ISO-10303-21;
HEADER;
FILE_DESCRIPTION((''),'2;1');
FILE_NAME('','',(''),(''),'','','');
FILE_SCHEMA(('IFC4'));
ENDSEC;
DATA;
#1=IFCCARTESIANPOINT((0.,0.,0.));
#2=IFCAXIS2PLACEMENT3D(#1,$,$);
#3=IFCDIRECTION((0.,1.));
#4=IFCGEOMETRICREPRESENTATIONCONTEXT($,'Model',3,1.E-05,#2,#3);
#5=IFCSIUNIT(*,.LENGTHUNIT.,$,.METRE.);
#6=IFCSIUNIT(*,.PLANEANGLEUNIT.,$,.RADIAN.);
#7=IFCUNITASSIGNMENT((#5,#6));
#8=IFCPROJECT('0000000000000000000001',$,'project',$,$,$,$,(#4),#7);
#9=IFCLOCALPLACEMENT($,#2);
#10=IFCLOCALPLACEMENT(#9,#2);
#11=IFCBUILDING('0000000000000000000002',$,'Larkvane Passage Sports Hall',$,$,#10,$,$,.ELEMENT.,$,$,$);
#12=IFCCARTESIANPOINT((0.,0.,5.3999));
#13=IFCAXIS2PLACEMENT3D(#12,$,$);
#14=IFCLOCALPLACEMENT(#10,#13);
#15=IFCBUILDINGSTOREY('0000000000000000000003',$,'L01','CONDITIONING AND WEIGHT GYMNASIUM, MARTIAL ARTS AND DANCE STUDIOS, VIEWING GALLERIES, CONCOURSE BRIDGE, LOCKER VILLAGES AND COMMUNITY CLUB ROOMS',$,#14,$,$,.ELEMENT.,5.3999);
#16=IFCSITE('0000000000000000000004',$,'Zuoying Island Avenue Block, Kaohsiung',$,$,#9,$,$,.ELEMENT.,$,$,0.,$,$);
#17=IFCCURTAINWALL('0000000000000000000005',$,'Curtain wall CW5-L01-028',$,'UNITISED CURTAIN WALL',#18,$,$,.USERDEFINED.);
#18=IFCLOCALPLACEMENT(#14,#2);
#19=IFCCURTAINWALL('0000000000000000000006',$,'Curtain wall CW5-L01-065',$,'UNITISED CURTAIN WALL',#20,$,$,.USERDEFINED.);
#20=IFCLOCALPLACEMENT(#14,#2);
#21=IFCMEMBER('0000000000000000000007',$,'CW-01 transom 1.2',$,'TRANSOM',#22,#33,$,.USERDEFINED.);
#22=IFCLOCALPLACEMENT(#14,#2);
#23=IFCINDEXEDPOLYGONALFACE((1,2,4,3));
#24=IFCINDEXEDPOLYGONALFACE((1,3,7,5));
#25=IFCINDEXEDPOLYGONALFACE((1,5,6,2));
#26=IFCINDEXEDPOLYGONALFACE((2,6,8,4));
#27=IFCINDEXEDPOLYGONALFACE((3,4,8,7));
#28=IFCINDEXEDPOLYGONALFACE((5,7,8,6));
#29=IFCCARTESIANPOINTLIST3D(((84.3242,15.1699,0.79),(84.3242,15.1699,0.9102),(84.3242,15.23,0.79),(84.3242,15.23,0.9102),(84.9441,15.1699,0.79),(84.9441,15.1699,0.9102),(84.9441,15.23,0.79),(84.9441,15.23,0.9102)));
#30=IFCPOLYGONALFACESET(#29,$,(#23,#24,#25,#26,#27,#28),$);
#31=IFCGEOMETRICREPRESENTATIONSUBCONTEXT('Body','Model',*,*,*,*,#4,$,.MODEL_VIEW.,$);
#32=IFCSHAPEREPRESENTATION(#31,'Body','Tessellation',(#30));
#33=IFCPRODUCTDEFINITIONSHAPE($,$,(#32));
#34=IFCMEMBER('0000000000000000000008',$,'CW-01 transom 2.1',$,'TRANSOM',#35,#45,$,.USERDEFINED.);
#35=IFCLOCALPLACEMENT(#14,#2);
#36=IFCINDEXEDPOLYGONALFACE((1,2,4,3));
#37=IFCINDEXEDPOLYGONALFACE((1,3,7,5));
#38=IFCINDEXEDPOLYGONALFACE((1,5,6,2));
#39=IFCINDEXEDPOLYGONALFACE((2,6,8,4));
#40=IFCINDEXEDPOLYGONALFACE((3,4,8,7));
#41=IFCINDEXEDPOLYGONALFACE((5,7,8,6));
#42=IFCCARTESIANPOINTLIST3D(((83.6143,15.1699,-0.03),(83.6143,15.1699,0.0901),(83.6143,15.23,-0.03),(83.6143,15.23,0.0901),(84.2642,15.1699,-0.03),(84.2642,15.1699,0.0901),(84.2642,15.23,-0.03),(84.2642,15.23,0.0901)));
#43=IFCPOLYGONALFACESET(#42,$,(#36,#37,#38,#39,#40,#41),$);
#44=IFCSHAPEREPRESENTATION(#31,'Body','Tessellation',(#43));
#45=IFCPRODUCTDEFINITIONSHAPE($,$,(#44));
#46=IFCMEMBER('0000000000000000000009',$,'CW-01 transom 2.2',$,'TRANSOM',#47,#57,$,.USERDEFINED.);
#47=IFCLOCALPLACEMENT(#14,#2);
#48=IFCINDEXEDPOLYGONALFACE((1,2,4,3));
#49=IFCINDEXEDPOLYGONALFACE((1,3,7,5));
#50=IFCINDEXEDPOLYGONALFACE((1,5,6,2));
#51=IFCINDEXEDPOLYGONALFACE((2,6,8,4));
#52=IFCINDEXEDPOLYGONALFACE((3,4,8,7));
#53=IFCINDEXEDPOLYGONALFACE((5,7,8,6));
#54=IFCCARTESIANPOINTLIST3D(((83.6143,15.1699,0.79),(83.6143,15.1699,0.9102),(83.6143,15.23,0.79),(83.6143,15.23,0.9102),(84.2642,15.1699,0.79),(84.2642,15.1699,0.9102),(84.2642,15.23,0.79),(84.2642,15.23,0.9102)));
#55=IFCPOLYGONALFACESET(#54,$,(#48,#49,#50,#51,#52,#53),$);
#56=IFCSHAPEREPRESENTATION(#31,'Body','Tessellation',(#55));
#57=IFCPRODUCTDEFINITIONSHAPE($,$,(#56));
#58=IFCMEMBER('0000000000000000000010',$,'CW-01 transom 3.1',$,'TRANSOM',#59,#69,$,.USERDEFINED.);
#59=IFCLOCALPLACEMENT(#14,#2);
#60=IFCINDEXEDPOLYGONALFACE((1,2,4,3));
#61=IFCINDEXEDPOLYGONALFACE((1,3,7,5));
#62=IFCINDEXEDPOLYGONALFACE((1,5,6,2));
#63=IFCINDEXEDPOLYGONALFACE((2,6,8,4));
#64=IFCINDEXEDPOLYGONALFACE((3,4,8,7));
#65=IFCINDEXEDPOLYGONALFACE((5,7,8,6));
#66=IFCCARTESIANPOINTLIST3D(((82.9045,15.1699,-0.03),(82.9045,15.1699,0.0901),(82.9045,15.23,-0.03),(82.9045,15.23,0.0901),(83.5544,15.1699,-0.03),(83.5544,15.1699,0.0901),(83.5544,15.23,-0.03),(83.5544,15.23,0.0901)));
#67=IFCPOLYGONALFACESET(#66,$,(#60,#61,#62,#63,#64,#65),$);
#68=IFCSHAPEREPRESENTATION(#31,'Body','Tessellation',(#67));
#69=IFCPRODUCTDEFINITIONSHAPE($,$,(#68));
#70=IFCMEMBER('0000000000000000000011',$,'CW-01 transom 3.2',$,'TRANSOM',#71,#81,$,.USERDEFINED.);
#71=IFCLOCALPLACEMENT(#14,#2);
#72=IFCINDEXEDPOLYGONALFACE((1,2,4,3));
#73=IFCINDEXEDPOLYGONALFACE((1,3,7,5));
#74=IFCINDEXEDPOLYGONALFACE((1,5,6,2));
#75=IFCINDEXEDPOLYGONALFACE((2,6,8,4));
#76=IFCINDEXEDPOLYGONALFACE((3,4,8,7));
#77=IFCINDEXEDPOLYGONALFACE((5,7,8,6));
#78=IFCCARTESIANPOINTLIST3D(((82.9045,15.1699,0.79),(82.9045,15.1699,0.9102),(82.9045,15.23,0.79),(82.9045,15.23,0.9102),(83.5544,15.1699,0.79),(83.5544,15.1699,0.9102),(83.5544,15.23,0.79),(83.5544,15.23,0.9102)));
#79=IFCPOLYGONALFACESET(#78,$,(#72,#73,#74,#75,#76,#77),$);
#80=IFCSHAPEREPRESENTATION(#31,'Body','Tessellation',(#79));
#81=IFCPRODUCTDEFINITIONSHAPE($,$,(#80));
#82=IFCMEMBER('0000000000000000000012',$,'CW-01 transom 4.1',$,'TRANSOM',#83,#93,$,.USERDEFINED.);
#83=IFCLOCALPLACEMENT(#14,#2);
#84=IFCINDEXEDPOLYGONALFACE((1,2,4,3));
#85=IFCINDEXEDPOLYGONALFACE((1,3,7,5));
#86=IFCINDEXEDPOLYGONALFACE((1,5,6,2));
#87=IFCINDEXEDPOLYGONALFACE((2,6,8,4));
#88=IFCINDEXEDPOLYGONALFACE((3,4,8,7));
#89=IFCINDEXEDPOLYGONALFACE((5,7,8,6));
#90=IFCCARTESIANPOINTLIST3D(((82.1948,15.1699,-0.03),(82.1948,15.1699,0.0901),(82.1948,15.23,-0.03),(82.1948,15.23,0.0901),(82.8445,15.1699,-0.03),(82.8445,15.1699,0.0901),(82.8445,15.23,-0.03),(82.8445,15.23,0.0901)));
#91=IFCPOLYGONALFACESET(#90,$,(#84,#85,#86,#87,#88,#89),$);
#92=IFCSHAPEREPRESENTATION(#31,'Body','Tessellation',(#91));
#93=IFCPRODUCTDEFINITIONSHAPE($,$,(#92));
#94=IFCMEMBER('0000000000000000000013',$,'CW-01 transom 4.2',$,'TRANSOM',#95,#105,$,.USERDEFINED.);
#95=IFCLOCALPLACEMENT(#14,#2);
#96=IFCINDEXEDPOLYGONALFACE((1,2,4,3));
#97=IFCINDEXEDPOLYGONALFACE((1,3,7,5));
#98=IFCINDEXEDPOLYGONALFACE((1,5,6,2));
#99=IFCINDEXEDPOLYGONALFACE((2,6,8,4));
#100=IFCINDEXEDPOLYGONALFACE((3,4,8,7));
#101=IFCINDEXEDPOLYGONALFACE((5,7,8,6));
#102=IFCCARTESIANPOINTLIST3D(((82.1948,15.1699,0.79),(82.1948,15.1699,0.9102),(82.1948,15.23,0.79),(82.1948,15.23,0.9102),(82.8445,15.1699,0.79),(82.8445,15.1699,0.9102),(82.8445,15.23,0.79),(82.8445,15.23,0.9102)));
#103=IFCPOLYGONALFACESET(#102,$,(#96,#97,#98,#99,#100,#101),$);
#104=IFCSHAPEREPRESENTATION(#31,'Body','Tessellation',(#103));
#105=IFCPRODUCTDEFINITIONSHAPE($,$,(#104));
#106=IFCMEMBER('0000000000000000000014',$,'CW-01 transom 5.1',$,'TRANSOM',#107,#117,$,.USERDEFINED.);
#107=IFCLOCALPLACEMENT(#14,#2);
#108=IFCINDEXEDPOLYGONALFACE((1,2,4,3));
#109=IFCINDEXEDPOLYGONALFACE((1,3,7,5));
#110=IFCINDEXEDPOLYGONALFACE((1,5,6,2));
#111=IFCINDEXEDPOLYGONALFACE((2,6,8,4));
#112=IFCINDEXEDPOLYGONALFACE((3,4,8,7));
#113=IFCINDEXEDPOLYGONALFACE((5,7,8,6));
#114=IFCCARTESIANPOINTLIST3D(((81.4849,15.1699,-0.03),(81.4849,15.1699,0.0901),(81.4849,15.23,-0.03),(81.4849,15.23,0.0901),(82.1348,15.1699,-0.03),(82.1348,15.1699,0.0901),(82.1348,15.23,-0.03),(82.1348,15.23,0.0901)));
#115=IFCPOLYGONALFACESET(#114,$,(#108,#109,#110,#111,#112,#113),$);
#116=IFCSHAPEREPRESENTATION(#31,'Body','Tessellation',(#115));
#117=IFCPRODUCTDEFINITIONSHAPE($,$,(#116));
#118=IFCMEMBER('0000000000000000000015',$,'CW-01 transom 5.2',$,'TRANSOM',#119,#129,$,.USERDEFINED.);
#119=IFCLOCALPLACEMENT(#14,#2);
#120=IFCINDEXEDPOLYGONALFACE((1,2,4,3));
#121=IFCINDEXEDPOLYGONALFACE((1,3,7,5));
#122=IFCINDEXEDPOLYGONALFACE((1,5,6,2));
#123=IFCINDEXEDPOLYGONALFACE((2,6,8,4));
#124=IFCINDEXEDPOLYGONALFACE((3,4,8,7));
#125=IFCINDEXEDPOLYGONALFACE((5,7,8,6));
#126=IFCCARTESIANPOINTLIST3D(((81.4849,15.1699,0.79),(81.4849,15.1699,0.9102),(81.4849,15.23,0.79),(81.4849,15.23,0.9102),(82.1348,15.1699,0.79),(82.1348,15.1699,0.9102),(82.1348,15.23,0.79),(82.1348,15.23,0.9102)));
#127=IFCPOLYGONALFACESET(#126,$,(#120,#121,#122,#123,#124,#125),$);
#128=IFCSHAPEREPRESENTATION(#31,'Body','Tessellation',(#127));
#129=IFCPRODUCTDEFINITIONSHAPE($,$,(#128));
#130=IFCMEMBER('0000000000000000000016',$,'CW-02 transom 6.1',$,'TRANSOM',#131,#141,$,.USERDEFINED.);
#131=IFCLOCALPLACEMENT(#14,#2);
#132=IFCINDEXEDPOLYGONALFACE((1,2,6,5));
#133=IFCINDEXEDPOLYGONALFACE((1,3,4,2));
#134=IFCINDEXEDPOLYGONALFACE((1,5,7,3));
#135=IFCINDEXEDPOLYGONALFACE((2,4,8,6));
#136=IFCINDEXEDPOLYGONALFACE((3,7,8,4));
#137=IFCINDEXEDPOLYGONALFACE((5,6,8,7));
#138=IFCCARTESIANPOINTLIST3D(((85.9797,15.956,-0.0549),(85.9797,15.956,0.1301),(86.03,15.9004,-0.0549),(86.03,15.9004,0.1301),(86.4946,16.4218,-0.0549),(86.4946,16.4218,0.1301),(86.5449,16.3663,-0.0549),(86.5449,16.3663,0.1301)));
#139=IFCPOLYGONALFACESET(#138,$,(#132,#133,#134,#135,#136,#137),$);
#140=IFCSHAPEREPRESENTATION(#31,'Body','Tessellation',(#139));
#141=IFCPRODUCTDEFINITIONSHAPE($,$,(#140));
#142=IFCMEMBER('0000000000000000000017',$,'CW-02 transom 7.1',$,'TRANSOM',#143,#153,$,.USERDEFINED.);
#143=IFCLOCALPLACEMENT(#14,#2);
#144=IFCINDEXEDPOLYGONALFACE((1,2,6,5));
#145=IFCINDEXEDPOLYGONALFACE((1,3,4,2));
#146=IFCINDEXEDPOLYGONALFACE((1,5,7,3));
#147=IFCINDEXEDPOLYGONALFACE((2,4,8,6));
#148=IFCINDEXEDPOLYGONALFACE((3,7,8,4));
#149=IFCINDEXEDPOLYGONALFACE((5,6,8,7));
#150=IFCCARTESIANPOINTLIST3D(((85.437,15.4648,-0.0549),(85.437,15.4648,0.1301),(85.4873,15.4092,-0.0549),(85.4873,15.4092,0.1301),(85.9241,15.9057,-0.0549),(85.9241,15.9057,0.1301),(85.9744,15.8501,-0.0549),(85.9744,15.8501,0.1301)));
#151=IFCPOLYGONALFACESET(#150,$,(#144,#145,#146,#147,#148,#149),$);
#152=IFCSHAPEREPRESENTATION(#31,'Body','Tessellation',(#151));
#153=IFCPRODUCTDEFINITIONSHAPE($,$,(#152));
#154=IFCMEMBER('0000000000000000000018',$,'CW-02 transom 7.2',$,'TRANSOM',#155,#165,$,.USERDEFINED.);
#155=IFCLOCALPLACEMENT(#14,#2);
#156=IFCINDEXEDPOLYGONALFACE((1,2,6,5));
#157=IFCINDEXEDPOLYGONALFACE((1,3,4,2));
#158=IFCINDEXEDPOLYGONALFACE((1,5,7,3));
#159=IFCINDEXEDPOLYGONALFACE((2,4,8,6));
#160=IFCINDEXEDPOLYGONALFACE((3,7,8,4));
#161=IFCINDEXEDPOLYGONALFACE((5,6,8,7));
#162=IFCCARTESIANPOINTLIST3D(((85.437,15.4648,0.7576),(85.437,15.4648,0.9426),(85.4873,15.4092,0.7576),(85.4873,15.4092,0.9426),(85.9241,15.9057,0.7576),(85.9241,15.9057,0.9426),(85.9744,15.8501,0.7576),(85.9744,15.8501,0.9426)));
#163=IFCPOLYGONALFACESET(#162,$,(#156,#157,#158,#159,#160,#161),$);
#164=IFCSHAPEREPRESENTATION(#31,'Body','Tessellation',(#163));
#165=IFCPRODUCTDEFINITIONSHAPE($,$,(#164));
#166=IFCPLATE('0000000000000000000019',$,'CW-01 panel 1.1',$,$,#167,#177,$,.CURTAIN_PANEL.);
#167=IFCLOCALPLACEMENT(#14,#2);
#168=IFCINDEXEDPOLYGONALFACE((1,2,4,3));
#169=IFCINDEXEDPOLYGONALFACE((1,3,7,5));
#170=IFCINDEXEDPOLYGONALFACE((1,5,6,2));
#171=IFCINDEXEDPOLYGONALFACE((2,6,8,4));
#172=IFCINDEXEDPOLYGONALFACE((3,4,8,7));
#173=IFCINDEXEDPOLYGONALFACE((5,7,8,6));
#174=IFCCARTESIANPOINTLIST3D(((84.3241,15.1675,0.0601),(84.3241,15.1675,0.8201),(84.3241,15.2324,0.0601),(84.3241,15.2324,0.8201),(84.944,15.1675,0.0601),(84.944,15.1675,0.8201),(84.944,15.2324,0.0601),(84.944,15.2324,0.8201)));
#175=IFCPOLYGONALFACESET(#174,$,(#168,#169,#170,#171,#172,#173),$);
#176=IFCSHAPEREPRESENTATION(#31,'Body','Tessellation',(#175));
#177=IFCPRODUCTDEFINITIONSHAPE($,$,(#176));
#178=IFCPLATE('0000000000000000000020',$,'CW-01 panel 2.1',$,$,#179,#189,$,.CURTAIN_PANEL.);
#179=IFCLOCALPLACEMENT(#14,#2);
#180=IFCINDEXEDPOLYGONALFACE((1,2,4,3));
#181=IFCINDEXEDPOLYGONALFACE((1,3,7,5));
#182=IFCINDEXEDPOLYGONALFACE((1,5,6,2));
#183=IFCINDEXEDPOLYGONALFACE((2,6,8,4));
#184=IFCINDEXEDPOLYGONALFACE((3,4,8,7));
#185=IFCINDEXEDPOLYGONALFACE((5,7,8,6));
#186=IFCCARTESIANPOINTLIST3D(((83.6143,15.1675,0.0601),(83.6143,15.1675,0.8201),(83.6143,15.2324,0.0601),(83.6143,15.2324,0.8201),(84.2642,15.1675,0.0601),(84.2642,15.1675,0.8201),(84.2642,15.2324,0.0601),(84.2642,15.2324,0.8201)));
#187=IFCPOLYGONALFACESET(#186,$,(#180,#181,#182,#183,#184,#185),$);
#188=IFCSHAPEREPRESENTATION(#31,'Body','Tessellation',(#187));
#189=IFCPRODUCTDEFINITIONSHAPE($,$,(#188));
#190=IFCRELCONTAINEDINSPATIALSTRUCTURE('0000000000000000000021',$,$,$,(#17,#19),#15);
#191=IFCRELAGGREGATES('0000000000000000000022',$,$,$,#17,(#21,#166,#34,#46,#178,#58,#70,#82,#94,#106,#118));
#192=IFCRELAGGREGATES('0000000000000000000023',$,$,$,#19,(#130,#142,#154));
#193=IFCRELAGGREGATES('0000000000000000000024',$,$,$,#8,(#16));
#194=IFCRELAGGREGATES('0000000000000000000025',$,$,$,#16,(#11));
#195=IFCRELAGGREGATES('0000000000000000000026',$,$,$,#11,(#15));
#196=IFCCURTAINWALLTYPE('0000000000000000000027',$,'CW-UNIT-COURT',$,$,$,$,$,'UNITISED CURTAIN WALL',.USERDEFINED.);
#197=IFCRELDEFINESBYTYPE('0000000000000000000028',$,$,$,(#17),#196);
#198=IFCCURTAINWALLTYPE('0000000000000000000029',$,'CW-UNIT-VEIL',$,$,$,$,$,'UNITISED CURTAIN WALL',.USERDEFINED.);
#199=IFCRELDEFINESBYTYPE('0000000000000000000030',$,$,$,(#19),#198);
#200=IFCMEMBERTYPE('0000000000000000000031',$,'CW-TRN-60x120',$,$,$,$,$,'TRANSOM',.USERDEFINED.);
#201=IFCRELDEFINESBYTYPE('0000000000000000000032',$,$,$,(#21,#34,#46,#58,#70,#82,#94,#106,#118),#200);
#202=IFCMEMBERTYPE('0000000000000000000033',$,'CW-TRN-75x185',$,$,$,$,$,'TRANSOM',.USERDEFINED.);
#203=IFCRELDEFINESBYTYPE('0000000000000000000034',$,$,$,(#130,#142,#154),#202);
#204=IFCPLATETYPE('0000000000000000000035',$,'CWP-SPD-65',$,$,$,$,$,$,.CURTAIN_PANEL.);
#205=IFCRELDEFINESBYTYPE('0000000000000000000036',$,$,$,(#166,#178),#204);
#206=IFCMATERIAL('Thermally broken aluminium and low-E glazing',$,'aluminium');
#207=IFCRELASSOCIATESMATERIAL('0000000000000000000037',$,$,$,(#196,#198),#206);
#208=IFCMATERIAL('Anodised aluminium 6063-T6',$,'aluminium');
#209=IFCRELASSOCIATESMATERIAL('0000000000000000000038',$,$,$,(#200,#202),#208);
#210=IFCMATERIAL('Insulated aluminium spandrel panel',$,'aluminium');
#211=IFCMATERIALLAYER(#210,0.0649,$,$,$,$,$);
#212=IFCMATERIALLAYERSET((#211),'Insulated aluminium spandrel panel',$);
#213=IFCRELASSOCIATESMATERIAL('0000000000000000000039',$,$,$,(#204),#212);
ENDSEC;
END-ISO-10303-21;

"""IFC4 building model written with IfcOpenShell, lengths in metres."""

from ifc_helpers import new_model, si_unit, direction, frame, origin, origin_2d, place, context, subcontext, project, spatial, rectangle, extrude, material, layer, layer_set, material_profile, profile_set, type_object, element, aggregate, save


model = new_model("IFC4")

# Units and contexts
model_context = context("Model", 3, precision=1e-05, world=origin(), true_north=direction((0.0, 1.0)))
body_context = subcontext(model_context, "Body", "Model", "MODEL_VIEW")
ifc_project = project(units=[si_unit("LENGTHUNIT", "METRE"), si_unit("PLANEANGLEUNIT", "RADIAN")], contexts=[model_context])

# Site, building, storey
site_placement = place(None, origin())
site = spatial("IfcSite", under=ifc_project, at=site_placement, Name="Zuoying Island Avenue Block, Kaohsiung", CompositionType="ELEMENT", RefElevation=0.0)
building_placement = place(site_placement, origin())
building = spatial("IfcBuilding", under=site, at=building_placement, Name="Larkvane Passage Sports Hall", CompositionType="ELEMENT")
storey_placement = place(building_placement, frame((0.0, 0.0, 5.3999)))
storey = spatial("IfcBuildingStorey", under=building, at=storey_placement, Name="L01", Description="CONDITIONING AND WEIGHT GYMNASIUM, MARTIAL ARTS AND DANCE STUDIOS, VIEWING GALLERIES, CONCOURSE BRIDGE, LOCKER VILLAGES AND COMMUNITY CLUB ROOMS", CompositionType="ELEMENT", Elevation=5.3999)

# Curtain walls
ifc_material_1 = material(Name="Thermally broken aluminium and low-E glazing", Category="aluminium")
curtain_wall_type_1 = type_object("IfcCurtainWallType", Name="CW-UNIT-COURT", ElementType="UNITISED CURTAIN WALL", PredefinedType="USERDEFINED", material=ifc_material_1)
curtain_wall_1_placement = place(storey_placement, origin())
curtain_wall_1 = element("IfcCurtainWall", 1, at=curtain_wall_1_placement, inside=storey, type_object=curtain_wall_type_1, Name="Curtain wall CW5-L01-028", ObjectType="UNITISED CURTAIN WALL", PredefinedType="USERDEFINED")
ifc_material_2 = material(Name="Anodised aluminium 6063-T6", Category="aluminium")
curtain_wall_type_2 = type_object("IfcCurtainWallType", Name="CW-UNIT-VEIL", ElementType="UNITISED CURTAIN WALL", PredefinedType="USERDEFINED", material=ifc_material_1)
curtain_wall_2_placement = place(storey_placement, origin())
curtain_wall_2 = element("IfcCurtainWall", 2, at=curtain_wall_2_placement, inside=storey, type_object=curtain_wall_type_2, Name="Curtain wall CW5-L01-065", ObjectType="UNITISED CURTAIN WALL", PredefinedType="USERDEFINED")

# Members
ifc_material_profile_1 = material_profile(ifc_material_2, rectangle(XDim=0.0601, YDim=0.1201, at=origin_2d()), Name="ALU-TRN-60x120")
ifc_profile_set_1 = profile_set([ifc_material_profile_1], Name="Anodised aluminium 6063-T6")
member_type_1 = type_object("IfcMemberType", Name="CW-TRN-60x120", ElementType="TRANSOM", PredefinedType="USERDEFINED", material=ifc_profile_set_1)
member_1_placement = place(storey_placement, frame((84.9441, 15.2, 0.8501), z_axis=(-1.0, 0.0, 0.0), x_axis=(0.0, -1.0, 0.0)))
member_1 = element("IfcMember", 3, at=member_1_placement, type_object=member_type_1, Name="CW-01 transom 1.2", ObjectType="TRANSOM", PredefinedType="USERDEFINED", context=body_context, shape_type="SweptSolid", body=[
    extrude(rectangle(XDim=0.0601, YDim=0.1201, at=origin_2d()), origin(), (0.0, 0.0, 1.0), 0.6199),
])
member_2_placement = place(storey_placement, frame((84.2642, 15.2, 0.03), z_axis=(-1.0, 0.0, 0.0), x_axis=(0.0, -1.0, 0.0)))
member_2 = element("IfcMember", 4, at=member_2_placement, type_object=member_type_1, Name="CW-01 transom 2.1", ObjectType="TRANSOM", PredefinedType="USERDEFINED", context=body_context, shape_type="SweptSolid", body=[
    extrude(rectangle(XDim=0.0601, YDim=0.1201, at=origin_2d()), origin(), (0.0, 0.0, 1.0), 0.6499),
])
member_3_placement = place(storey_placement, frame((84.2642, 15.2, 0.8501), z_axis=(-1.0, 0.0, 0.0), x_axis=(0.0, -1.0, 0.0)))
member_3 = element("IfcMember", 5, at=member_3_placement, type_object=member_type_1, Name="CW-01 transom 2.2", ObjectType="TRANSOM", PredefinedType="USERDEFINED", context=body_context, shape_type="SweptSolid", body=[
    extrude(rectangle(XDim=0.0601, YDim=0.1201, at=origin_2d()), origin(), (0.0, 0.0, 1.0), 0.6499),
])
member_4_placement = place(storey_placement, frame((83.5544, 15.2, 0.03), z_axis=(-1.0, 0.0, 0.0), x_axis=(0.0, -1.0, 0.0)))
member_4 = element("IfcMember", 6, at=member_4_placement, type_object=member_type_1, Name="CW-01 transom 3.1", ObjectType="TRANSOM", PredefinedType="USERDEFINED", context=body_context, shape_type="SweptSolid", body=[
    extrude(rectangle(XDim=0.0601, YDim=0.1201, at=origin_2d()), origin(), (0.0, 0.0, 1.0), 0.6499),
])
member_5_placement = place(storey_placement, frame((83.5544, 15.2, 0.8501), z_axis=(-1.0, 0.0, 0.0), x_axis=(0.0, -1.0, 0.0)))
member_5 = element("IfcMember", 7, at=member_5_placement, type_object=member_type_1, Name="CW-01 transom 3.2", ObjectType="TRANSOM", PredefinedType="USERDEFINED", context=body_context, shape_type="SweptSolid", body=[
    extrude(rectangle(XDim=0.0601, YDim=0.1201, at=origin_2d()), origin(), (0.0, 0.0, 1.0), 0.6499),
])
member_6_placement = place(storey_placement, frame((82.8445, 15.2, 0.03), z_axis=(-1.0, 0.0, 0.0), x_axis=(0.0, -1.0, 0.0)))
member_6 = element("IfcMember", 8, at=member_6_placement, type_object=member_type_1, Name="CW-01 transom 4.1", ObjectType="TRANSOM", PredefinedType="USERDEFINED", context=body_context, shape_type="SweptSolid", body=[
    extrude(rectangle(XDim=0.0601, YDim=0.1201, at=origin_2d()), origin(), (0.0, 0.0, 1.0), 0.6497),
])
member_7_placement = place(storey_placement, frame((82.8445, 15.2, 0.8501), z_axis=(-1.0, 0.0, 0.0), x_axis=(0.0, -1.0, 0.0)))
member_7 = element("IfcMember", 9, at=member_7_placement, type_object=member_type_1, Name="CW-01 transom 4.2", ObjectType="TRANSOM", PredefinedType="USERDEFINED", context=body_context, shape_type="SweptSolid", body=[
    extrude(rectangle(XDim=0.0601, YDim=0.1201, at=origin_2d()), origin(), (0.0, 0.0, 1.0), 0.6497),
])
member_8_placement = place(storey_placement, frame((82.1348, 15.2, 0.03), z_axis=(-1.0, 0.0, 0.0), x_axis=(0.0, -1.0, 0.0)))
member_8 = element("IfcMember", 10, at=member_8_placement, type_object=member_type_1, Name="CW-01 transom 5.1", ObjectType="TRANSOM", PredefinedType="USERDEFINED", context=body_context, shape_type="SweptSolid", body=[
    extrude(rectangle(XDim=0.0601, YDim=0.1201, at=origin_2d()), origin(), (0.0, 0.0, 1.0), 0.6499),
])
member_9_placement = place(storey_placement, frame((82.1348, 15.2, 0.8501), z_axis=(-1.0, 0.0, 0.0), x_axis=(0.0, -1.0, 0.0)))
member_9 = element("IfcMember", 11, at=member_9_placement, type_object=member_type_1, Name="CW-01 transom 5.2", ObjectType="TRANSOM", PredefinedType="USERDEFINED", context=body_context, shape_type="SweptSolid", body=[
    extrude(rectangle(XDim=0.0601, YDim=0.1201, at=origin_2d()), origin(), (0.0, 0.0, 1.0), 0.6499),
])
ifc_material_profile_2 = material_profile(ifc_material_2, rectangle(XDim=0.075, YDim=0.1851, at=origin_2d()), Name="ALU-TRN-75x185")
ifc_profile_set_2 = profile_set([ifc_material_profile_2], Name="Anodised aluminium 6063-T6")
member_type_2 = type_object("IfcMemberType", Name="CW-TRN-75x185", ElementType="TRANSOM", PredefinedType="USERDEFINED", material=ifc_profile_set_2)
member_10_placement = place(storey_placement, frame((86.5198, 16.394, 0.0376), z_axis=(-0.741561, -0.670886, 0.0), x_axis=(0.670886, -0.741561, 0.0)))
member_10 = element("IfcMember", 12, at=member_10_placement, type_object=member_type_2, Name="CW-02 transom 6.1", ObjectType="TRANSOM", PredefinedType="USERDEFINED", context=body_context, shape_type="SweptSolid", body=[
    extrude(rectangle(XDim=0.075, YDim=0.1851, at=origin_2d()), origin(), (0.0, 0.0, 1.0), 0.6943),
])
member_11_placement = place(storey_placement, frame((85.9492, 15.8779, 0.0376), z_axis=(-0.741351, -0.671118, 0.0), x_axis=(0.671118, -0.741351, 0.0)))
member_11 = element("IfcMember", 13, at=member_11_placement, type_object=member_type_2, Name="CW-02 transom 7.1", ObjectType="TRANSOM", PredefinedType="USERDEFINED", context=body_context, shape_type="SweptSolid", body=[
    extrude(rectangle(XDim=0.075, YDim=0.1851, at=origin_2d()), origin(), (0.0, 0.0, 1.0), 0.657),
])
member_12_placement = place(storey_placement, frame((85.9492, 15.8779, 0.8501), z_axis=(-0.741351, -0.671118, 0.0), x_axis=(0.671118, -0.741351, 0.0)))
member_12 = element("IfcMember", 14, at=member_12_placement, type_object=member_type_2, Name="CW-02 transom 7.2", ObjectType="TRANSOM", PredefinedType="USERDEFINED", context=body_context, shape_type="SweptSolid", body=[
    extrude(rectangle(XDim=0.075, YDim=0.1851, at=origin_2d()), origin(), (0.0, 0.0, 1.0), 0.657),
])

# Plates
ifc_material_3 = material(Name="Insulated aluminium spandrel panel", Category="aluminium")
ifc_layer_1 = layer(ifc_material_3, 0.0649)
ifc_layer_set_1 = layer_set([ifc_layer_1], Name="Insulated aluminium spandrel panel")
plate_type_1 = type_object("IfcPlateType", Name="CWP-SPD-65", PredefinedType="CURTAIN_PANEL", material=ifc_layer_set_1)
plate_1_placement = place(storey_placement, frame((84.634, 15.2, 0.0601), z_axis=(0.0, 0.0, 1.0), x_axis=(-1.0, 0.0, 0.0)))
plate_1 = element("IfcPlate", 15, at=plate_1_placement, type_object=plate_type_1, Name="CW-01 panel 1.1", PredefinedType="CURTAIN_PANEL", context=body_context, shape_type="SweptSolid", body=[
    extrude(rectangle(XDim=0.6199, YDim=0.0649, at=origin_2d()), origin(), (0.0, 0.0, 1.0), 0.76),
])
plate_2_placement = place(storey_placement, frame((83.9392, 15.2, 0.0601), z_axis=(0.0, 0.0, 1.0), x_axis=(-1.0, 0.0, 0.0)))
plate_2 = element("IfcPlate", 16, at=plate_2_placement, type_object=plate_type_1, Name="CW-01 panel 2.1", PredefinedType="CURTAIN_PANEL", context=body_context, shape_type="SweptSolid", body=[
    extrude(rectangle(XDim=0.6499, YDim=0.0649, at=origin_2d()), origin(), (0.0, 0.0, 1.0), 0.76),
])
aggregate(curtain_wall_1, [member_1, plate_1, member_2, member_3, plate_2, member_4, member_5, member_6, member_7, member_8, member_9])
aggregate(curtain_wall_2, [member_10, member_11, member_12])

save(model, "model.ifc")
